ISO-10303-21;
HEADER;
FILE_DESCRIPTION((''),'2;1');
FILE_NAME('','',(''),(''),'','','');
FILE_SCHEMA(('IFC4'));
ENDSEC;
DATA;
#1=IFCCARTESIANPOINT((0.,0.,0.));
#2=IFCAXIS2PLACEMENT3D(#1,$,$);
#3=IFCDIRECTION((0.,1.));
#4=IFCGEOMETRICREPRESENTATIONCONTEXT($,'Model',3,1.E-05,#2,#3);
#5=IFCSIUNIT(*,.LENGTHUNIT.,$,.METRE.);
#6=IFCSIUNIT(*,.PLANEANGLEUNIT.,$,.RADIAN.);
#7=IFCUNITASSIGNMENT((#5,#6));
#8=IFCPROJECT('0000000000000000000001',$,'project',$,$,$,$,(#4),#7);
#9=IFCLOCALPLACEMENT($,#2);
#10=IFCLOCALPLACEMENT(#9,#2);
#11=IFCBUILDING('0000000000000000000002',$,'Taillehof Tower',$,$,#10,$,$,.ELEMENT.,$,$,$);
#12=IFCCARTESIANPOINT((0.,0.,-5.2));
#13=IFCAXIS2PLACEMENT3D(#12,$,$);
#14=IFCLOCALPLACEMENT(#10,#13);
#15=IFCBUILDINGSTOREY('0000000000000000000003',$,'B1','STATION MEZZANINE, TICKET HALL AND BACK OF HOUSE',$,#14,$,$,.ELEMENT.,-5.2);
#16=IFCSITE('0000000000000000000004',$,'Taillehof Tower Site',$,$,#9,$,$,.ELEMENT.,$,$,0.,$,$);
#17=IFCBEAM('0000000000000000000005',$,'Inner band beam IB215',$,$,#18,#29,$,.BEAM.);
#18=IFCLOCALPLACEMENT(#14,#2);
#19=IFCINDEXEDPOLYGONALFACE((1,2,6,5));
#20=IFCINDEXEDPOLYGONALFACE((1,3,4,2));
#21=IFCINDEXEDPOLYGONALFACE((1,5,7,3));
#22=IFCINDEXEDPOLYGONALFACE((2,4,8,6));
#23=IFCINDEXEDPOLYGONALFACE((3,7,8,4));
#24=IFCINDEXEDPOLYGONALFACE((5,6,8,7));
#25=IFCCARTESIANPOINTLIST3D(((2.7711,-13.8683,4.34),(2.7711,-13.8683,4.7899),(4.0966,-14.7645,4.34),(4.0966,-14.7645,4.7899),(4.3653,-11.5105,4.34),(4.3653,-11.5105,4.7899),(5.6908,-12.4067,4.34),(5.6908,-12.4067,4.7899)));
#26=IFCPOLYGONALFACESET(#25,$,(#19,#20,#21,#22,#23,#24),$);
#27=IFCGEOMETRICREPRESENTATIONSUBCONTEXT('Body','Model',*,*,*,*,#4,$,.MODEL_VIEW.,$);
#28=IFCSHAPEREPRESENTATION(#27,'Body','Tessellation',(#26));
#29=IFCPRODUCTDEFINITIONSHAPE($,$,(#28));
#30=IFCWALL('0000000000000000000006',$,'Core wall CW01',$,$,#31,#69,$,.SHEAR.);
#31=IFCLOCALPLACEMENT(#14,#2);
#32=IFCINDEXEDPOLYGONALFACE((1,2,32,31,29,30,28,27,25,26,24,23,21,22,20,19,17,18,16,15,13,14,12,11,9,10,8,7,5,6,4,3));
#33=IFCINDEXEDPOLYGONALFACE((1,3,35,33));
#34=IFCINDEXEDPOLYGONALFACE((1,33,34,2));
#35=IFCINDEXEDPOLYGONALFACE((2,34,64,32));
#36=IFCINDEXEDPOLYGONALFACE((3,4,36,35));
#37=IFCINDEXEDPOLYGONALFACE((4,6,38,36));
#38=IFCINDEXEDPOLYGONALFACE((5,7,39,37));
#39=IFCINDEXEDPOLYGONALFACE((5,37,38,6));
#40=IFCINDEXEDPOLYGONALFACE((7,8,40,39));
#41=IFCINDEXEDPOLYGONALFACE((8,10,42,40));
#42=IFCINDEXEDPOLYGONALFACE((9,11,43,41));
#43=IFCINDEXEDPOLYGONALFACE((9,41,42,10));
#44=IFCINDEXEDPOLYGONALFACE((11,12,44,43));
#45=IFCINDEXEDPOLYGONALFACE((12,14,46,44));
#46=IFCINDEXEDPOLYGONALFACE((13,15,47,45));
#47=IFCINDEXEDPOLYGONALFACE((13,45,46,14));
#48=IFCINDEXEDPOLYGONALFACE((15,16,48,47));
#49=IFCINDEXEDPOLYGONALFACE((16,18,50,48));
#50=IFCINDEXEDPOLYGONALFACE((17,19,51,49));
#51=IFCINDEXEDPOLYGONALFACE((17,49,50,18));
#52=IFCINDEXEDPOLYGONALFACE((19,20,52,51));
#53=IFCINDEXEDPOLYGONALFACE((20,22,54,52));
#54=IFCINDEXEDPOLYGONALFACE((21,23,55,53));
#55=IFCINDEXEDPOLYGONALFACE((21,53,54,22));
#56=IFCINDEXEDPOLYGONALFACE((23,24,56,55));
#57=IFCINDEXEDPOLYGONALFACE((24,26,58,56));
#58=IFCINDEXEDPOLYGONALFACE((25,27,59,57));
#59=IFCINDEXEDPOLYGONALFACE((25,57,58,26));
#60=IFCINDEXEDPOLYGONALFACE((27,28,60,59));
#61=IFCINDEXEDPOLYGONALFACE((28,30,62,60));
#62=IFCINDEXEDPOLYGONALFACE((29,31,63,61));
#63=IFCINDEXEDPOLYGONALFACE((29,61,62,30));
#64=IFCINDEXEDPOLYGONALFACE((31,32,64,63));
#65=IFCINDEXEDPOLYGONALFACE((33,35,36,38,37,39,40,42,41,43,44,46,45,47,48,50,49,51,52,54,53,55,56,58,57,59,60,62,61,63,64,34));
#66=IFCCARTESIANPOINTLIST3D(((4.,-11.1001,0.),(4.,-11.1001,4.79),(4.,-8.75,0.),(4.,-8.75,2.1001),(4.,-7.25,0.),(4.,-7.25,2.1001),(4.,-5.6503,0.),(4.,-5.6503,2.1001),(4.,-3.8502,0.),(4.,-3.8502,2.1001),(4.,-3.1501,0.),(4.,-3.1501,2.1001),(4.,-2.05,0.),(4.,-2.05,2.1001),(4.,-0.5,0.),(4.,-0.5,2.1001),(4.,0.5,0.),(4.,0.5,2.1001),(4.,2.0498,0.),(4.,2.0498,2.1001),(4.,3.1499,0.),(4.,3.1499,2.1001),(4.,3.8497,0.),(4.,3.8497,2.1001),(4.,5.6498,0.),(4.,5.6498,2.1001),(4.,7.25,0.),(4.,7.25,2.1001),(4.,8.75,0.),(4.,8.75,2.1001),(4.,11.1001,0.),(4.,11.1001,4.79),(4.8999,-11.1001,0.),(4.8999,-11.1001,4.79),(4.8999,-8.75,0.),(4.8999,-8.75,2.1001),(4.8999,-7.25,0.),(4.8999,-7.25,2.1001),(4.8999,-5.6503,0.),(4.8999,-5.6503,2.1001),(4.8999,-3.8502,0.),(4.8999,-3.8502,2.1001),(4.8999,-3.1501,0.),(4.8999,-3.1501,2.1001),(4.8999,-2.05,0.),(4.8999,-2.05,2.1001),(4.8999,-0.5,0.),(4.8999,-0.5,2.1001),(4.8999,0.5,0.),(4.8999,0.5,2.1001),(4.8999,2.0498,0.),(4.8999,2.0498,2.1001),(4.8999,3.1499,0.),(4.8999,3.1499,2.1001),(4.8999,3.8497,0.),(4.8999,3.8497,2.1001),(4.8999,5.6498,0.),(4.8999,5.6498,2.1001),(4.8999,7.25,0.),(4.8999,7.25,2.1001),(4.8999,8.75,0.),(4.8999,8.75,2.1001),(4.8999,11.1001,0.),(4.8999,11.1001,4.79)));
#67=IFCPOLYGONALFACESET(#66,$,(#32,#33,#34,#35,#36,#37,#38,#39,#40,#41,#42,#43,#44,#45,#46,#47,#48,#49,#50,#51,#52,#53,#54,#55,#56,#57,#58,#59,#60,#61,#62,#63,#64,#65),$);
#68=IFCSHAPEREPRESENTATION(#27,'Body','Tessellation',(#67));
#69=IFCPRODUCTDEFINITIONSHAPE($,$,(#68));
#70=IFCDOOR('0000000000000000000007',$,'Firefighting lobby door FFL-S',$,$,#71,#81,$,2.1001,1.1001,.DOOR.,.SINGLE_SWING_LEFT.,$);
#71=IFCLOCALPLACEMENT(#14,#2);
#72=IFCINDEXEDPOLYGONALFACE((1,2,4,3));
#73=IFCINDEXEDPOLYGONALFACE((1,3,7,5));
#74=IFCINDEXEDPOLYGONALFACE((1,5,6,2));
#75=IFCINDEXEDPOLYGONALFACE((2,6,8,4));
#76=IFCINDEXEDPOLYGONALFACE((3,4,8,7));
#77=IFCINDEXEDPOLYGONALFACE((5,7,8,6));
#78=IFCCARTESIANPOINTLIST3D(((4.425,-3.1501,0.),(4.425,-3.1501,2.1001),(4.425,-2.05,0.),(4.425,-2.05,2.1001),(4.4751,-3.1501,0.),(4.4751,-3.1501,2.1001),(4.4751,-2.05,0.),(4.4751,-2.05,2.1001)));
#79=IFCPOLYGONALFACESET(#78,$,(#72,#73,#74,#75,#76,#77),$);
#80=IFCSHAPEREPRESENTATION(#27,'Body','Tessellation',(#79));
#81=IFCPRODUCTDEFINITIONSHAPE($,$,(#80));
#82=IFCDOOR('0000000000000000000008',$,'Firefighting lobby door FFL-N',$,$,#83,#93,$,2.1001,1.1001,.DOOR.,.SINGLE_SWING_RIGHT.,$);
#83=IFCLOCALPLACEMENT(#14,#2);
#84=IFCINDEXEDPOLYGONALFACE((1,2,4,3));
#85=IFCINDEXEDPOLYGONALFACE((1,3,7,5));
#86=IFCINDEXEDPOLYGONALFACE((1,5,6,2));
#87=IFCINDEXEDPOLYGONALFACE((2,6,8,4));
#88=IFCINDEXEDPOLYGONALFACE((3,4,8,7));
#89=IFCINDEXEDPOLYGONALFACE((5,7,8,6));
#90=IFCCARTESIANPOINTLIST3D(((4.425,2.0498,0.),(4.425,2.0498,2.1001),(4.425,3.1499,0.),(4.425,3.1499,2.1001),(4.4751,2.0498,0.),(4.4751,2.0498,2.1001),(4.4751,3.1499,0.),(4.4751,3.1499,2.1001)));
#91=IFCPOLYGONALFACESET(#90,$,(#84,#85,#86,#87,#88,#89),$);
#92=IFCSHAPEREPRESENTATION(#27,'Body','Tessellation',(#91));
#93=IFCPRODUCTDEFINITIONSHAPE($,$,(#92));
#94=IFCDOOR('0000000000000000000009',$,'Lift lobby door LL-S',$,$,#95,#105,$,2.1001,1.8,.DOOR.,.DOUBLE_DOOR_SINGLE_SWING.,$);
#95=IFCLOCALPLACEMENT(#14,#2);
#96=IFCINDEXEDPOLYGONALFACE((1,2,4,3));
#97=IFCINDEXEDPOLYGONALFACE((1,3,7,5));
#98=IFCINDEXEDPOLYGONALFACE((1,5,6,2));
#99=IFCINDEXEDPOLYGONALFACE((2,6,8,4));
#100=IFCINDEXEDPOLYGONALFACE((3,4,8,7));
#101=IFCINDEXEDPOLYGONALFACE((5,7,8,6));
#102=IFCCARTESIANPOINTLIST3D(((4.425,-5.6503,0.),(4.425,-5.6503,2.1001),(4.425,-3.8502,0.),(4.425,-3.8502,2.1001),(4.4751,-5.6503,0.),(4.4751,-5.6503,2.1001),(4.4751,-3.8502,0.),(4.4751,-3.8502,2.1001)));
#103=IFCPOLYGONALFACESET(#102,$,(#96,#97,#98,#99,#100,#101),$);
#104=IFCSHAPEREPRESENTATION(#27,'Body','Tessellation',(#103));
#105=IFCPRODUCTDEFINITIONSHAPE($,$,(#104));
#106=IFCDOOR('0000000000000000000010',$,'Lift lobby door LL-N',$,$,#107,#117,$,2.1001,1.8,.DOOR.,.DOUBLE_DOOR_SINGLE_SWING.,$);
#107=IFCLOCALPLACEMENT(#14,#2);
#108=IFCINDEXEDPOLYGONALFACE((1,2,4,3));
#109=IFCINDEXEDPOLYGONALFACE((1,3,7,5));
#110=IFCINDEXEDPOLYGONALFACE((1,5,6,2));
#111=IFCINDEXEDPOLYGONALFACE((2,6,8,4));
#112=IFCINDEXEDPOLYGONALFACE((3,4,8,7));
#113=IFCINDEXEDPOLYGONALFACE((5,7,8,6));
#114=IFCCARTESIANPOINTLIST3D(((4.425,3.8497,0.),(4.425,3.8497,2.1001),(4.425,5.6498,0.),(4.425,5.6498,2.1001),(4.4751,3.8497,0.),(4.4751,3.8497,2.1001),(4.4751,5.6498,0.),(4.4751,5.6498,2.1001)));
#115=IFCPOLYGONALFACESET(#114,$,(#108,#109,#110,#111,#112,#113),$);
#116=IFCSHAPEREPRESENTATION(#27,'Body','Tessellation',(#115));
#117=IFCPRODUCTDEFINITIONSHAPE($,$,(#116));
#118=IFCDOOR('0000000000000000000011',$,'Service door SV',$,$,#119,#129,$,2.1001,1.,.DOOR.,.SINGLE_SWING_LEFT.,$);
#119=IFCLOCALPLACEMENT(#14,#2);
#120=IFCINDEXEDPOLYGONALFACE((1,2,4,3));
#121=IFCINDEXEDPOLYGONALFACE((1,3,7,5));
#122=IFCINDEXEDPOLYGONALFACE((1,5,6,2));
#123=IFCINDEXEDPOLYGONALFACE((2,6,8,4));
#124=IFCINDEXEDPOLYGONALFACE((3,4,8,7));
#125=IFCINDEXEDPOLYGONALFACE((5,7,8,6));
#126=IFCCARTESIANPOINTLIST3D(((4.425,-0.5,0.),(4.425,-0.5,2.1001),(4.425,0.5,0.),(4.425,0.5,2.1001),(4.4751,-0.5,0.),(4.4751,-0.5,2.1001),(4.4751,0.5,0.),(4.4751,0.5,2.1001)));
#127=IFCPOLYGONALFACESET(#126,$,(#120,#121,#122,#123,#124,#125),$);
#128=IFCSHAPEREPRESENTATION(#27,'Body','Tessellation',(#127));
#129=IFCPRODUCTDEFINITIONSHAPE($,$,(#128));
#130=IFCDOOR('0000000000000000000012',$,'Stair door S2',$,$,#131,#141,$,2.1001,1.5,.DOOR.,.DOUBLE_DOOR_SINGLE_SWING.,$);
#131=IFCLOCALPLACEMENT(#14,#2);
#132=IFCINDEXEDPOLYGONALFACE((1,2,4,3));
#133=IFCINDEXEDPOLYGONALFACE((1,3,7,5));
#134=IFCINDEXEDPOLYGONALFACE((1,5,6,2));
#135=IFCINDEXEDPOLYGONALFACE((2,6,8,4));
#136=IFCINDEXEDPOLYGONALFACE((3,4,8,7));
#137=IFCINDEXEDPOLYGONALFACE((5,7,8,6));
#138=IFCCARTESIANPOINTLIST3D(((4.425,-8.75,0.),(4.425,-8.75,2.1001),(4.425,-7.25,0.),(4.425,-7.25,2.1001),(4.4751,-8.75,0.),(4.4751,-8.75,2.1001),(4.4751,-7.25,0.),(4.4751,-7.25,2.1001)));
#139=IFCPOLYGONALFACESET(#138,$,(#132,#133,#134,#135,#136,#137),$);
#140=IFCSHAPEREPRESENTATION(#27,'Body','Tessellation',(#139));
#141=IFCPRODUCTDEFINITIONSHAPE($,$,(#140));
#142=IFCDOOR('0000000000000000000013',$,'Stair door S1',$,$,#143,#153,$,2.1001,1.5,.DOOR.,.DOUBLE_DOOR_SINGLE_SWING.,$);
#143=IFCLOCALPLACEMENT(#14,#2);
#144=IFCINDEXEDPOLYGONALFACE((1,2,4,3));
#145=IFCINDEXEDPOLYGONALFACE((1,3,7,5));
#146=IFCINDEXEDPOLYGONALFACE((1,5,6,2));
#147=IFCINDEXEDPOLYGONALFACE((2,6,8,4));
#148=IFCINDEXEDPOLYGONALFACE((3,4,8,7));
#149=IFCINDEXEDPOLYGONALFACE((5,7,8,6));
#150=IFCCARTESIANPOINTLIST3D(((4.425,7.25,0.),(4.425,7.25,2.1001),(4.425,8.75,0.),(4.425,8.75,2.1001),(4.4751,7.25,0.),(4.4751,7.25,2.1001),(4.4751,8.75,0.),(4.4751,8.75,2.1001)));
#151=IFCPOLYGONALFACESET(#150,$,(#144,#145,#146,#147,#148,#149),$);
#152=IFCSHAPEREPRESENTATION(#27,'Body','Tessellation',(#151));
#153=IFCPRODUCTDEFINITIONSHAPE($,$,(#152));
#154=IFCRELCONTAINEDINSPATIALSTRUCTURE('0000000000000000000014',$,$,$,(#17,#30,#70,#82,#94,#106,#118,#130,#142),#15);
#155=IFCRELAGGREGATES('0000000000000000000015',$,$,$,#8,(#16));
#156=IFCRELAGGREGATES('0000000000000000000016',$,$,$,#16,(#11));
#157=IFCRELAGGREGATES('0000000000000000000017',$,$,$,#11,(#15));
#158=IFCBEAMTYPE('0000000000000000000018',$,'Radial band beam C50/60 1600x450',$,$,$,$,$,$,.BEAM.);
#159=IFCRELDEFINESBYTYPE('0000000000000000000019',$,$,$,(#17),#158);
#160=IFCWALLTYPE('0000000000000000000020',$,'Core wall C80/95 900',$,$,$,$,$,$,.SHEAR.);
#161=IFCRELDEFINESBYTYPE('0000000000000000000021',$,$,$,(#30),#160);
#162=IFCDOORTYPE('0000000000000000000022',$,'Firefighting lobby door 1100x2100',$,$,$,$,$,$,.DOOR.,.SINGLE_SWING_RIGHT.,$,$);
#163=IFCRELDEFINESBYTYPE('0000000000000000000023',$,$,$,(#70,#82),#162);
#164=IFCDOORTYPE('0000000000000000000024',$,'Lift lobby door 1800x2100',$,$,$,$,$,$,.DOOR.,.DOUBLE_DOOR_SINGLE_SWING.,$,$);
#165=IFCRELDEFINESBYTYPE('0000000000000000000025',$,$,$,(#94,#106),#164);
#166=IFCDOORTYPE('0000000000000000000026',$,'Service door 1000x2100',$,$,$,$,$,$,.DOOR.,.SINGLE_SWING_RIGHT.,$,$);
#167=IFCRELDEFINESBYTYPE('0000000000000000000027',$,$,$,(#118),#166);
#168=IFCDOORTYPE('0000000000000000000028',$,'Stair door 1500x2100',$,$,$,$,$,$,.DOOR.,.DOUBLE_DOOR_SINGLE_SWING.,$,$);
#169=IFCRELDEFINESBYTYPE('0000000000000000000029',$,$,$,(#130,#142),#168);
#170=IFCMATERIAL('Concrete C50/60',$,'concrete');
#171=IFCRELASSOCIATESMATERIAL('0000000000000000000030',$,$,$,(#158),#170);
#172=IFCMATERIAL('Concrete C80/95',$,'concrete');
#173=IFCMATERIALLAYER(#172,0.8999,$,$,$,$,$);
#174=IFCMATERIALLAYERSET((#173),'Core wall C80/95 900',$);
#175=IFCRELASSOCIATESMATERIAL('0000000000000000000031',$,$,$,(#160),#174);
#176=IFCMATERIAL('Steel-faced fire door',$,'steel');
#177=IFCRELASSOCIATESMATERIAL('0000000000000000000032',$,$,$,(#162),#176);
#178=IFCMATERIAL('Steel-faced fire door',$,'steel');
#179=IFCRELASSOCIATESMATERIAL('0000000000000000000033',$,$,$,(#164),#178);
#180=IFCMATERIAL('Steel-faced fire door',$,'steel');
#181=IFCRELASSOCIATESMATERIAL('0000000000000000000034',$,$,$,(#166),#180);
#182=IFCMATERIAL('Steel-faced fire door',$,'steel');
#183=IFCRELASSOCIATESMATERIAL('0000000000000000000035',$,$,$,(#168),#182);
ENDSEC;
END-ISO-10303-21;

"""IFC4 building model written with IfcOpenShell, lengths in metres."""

from ifc_helpers import new_model, si_unit, direction, frame, frame_2d, origin, origin_2d, place, context, subcontext, project, spatial, rectangle, extrude, material, layer, layer_set, material_profile, profile_set, type_object, element, fill, save


model = new_model("IFC4")

# Units and contexts
model_context = context("Model", 3, precision=1e-05, world=origin(), true_north=direction((0.0, 1.0)))
body_context = subcontext(model_context, "Body", "Model", "MODEL_VIEW")
ifc_project = project(units=[si_unit("LENGTHUNIT", "METRE"), si_unit("PLANEANGLEUNIT", "RADIAN")], contexts=[model_context])

# Site, building, storey
site_placement = place(None, origin())
site = spatial("IfcSite", under=ifc_project, at=site_placement, Name="Taillehof Tower Site", CompositionType="ELEMENT", RefElevation=0.0)
building_placement = place(site_placement, origin())
building = spatial("IfcBuilding", under=site, at=building_placement, Name="Taillehof Tower", CompositionType="ELEMENT")
storey_placement = place(building_placement, frame((0.0, 0.0, -5.2)))
storey = spatial("IfcBuildingStorey", under=building, at=storey_placement, Name="B1", Description="STATION MEZZANINE, TICKET HALL AND BACK OF HOUSE", CompositionType="ELEMENT", Elevation=-5.2)

# Beam
ifc_material_1 = material(Name="Concrete C50/60", Category="concrete")
ifc_material_profile = material_profile(ifc_material_1, rectangle(XDim=1.6001, YDim=0.45, at=origin_2d()), Name="RC 1600x450")
ifc_profile_set = profile_set([ifc_material_profile], Name="Concrete C50/60")
beam_type = type_object("IfcBeamType", Name="Radial band beam C50/60 1600x450", PredefinedType="BEAM", material=ifc_profile_set)
beam_placement = place(storey_placement, frame((3.4338, -14.3164, 4.5649), z_axis=(0.560112, 0.828417, 0.0), x_axis=(-0.828417, 0.560112, 0.0)))
element("IfcBeam", 1, at=beam_placement, inside=storey, type_object=beam_type, Name="Inner band beam IB215", PredefinedType="BEAM", context=body_context, shape_type="SweptSolid", body=[
    extrude(rectangle(XDim=1.6001, YDim=0.45, at=origin_2d()), origin(), (0.0, 0.0, 1.0), 2.8462),
])

# Wall, openings, doors
ifc_material_2 = material(Name="Concrete C80/95", Category="concrete")
ifc_layer_1 = layer(ifc_material_2, 0.8999)
ifc_layer_set_1 = layer_set([ifc_layer_1], Name="Core wall C80/95 900")
wall_type_1 = type_object("IfcWallType", Name="Core wall C80/95 900", PredefinedType="SHEAR", material=ifc_layer_set_1)
wall_1_placement = place(storey_placement, frame((4.45, -11.1001, 0.0), z_axis=(0.0, 0.0, 1.0), x_axis=(0.0, 1.0, 0.0)))
wall_1 = element("IfcWall", 2, at=wall_1_placement, inside=storey, type_object=wall_type_1, Name="Core wall CW01", PredefinedType="SHEAR", context=body_context, shape_type="SweptSolid", body=[
    extrude(rectangle(XDim=22.2002, YDim=0.8999, at=frame_2d((11.1001, 0.0))), origin(), (0.0, 0.0, 1.0), 4.79),
])
opening_1_placement = place(wall_1_placement, frame((2.3501, 0.0, 0.0)))
opening_1 = element("IfcOpeningElement", 3, at=opening_1_placement, cuts=wall_1, PredefinedType="OPENING", context=body_context, shape_type="SweptSolid", body=[
    extrude(rectangle(XDim=1.5, YDim=2.1001, at=frame_2d((0.75, 1.05))), frame((0.0, 0.46, 0.0), z_axis=(0.0, -1.0, 0.0), x_axis=(1.0, 0.0, 0.0)), (0.0, 0.0, 1.0), 0.9199),
])
opening_2_placement = place(wall_1_placement, frame((5.45, 0.0, 0.0)))
opening_2 = element("IfcOpeningElement", 4, at=opening_2_placement, cuts=wall_1, PredefinedType="OPENING", context=body_context, shape_type="SweptSolid", body=[
    extrude(rectangle(XDim=1.8, YDim=2.1001, at=frame_2d((0.8999, 1.05))), frame((0.0, 0.46, 0.0), z_axis=(0.0, -1.0, 0.0), x_axis=(1.0, 0.0, 0.0)), (0.0, 0.0, 1.0), 0.9199),
])
opening_3_placement = place(wall_1_placement, frame((7.95, 0.0, 0.0)))
opening_3 = element("IfcOpeningElement", 5, at=opening_3_placement, cuts=wall_1, PredefinedType="OPENING", context=body_context, shape_type="SweptSolid", body=[
    extrude(rectangle(XDim=1.1001, YDim=2.1001, at=frame_2d((0.55, 1.05))), frame((0.0, 0.46, 0.0), z_axis=(0.0, -1.0, 0.0), x_axis=(1.0, 0.0, 0.0)), (0.0, 0.0, 1.0), 0.9199),
])
opening_4_placement = place(wall_1_placement, frame((10.6001, 0.0, 0.0)))
opening_4 = element("IfcOpeningElement", 6, at=opening_4_placement, cuts=wall_1, PredefinedType="OPENING", context=body_context, shape_type="SweptSolid", body=[
    extrude(rectangle(XDim=1.0, YDim=2.1001, at=frame_2d((0.5, 1.05))), frame((0.0, 0.46, 0.0), z_axis=(0.0, -1.0, 0.0), x_axis=(1.0, 0.0, 0.0)), (0.0, 0.0, 1.0), 0.9199),
])
opening_5_placement = place(wall_1_placement, frame((13.1499, 0.0, 0.0)))
opening_5 = element("IfcOpeningElement", 7, at=opening_5_placement, cuts=wall_1, PredefinedType="OPENING", context=body_context, shape_type="SweptSolid", body=[
    extrude(rectangle(XDim=1.1001, YDim=2.1001, at=frame_2d((0.55, 1.05))), frame((0.0, 0.46, 0.0), z_axis=(0.0, -1.0, 0.0), x_axis=(1.0, 0.0, 0.0)), (0.0, 0.0, 1.0), 0.9199),
])
opening_6_placement = place(wall_1_placement, frame((14.95, 0.0, 0.0)))
opening_6 = element("IfcOpeningElement", 8, at=opening_6_placement, cuts=wall_1, PredefinedType="OPENING", context=body_context, shape_type="SweptSolid", body=[
    extrude(rectangle(XDim=1.8, YDim=2.1001, at=frame_2d((0.8999, 1.05))), frame((0.0, 0.46, 0.0), z_axis=(0.0, -1.0, 0.0), x_axis=(1.0, 0.0, 0.0)), (0.0, 0.0, 1.0), 0.9199),
])
opening_7_placement = place(wall_1_placement, frame((18.3501, 0.0, 0.0)))
opening_7 = element("IfcOpeningElement", 9, at=opening_7_placement, cuts=wall_1, PredefinedType="OPENING", context=body_context, shape_type="SweptSolid", body=[
    extrude(rectangle(XDim=1.5, YDim=2.1001, at=frame_2d((0.75, 1.05))), frame((0.0, 0.46, 0.0), z_axis=(0.0, -1.0, 0.0), x_axis=(1.0, 0.0, 0.0)), (0.0, 0.0, 1.0), 0.9199),
])
ifc_material_3 = material(Name="Steel-faced fire door", Category="steel")
door_type_1 = type_object("IfcDoorType", Name="Firefighting lobby door 1100x2100", OperationType="SINGLE_SWING_RIGHT", PredefinedType="DOOR", material=ifc_material_3)
door_1_placement = place(opening_3_placement, origin())
door_1 = element("IfcDoor", 10, at=door_1_placement, inside=storey, type_object=door_type_1, Name="Firefighting lobby door FFL-S", OperationType="SINGLE_SWING_LEFT", OverallHeight=2.1001, OverallWidth=1.1001, PredefinedType="DOOR", context=body_context, shape_type="SweptSolid", body=[
    extrude(rectangle(XDim=1.1001, YDim=2.1001, at=frame_2d((0.55, 1.05))), frame((0.0, 0.0249, 0.0), z_axis=(0.0, -1.0, 0.0), x_axis=(1.0, 0.0, 0.0)), (0.0, 0.0, 1.0), 0.05),
])
fill(opening_3, door_1)
door_2_placement = place(opening_5_placement, origin())
door_2 = element("IfcDoor", 11, at=door_2_placement, inside=storey, type_object=door_type_1, Name="Firefighting lobby door FFL-N", OperationType="SINGLE_SWING_RIGHT", OverallHeight=2.1001, OverallWidth=1.1001, PredefinedType="DOOR", context=body_context, shape_type="SweptSolid", body=[
    extrude(rectangle(XDim=1.1001, YDim=2.1001, at=frame_2d((0.55, 1.05))), frame((0.0, 0.0249, 0.0), z_axis=(0.0, -1.0, 0.0), x_axis=(1.0, 0.0, 0.0)), (0.0, 0.0, 1.0), 0.05),
])
fill(opening_5, door_2)
ifc_material_4 = material(Name="Steel-faced fire door", Category="steel")
door_type_2 = type_object("IfcDoorType", Name="Lift lobby door 1800x2100", OperationType="DOUBLE_DOOR_SINGLE_SWING", PredefinedType="DOOR", material=ifc_material_4)
door_3_placement = place(opening_2_placement, origin())
door_3 = element("IfcDoor", 12, at=door_3_placement, inside=storey, type_object=door_type_2, Name="Lift lobby door LL-S", OperationType="DOUBLE_DOOR_SINGLE_SWING", OverallHeight=2.1001, OverallWidth=1.8, PredefinedType="DOOR", context=body_context, shape_type="SweptSolid", body=[
    extrude(rectangle(XDim=1.8, YDim=2.1001, at=frame_2d((0.8999, 1.05))), frame((0.0, 0.0249, 0.0), z_axis=(0.0, -1.0, 0.0), x_axis=(1.0, 0.0, 0.0)), (0.0, 0.0, 1.0), 0.05),
])
fill(opening_2, door_3)
door_4_placement = place(opening_6_placement, origin())
door_4 = element("IfcDoor", 13, at=door_4_placement, inside=storey, type_object=door_type_2, Name="Lift lobby door LL-N", OperationType="DOUBLE_DOOR_SINGLE_SWING", OverallHeight=2.1001, OverallWidth=1.8, PredefinedType="DOOR", context=body_context, shape_type="SweptSolid", body=[
    extrude(rectangle(XDim=1.8, YDim=2.1001, at=frame_2d((0.8999, 1.05))), frame((0.0, 0.0249, 0.0), z_axis=(0.0, -1.0, 0.0), x_axis=(1.0, 0.0, 0.0)), (0.0, 0.0, 1.0), 0.05),
])
fill(opening_6, door_4)
ifc_material_5 = material(Name="Steel-faced fire door", Category="steel")
door_type_3 = type_object("IfcDoorType", Name="Service door 1000x2100", OperationType="SINGLE_SWING_RIGHT", PredefinedType="DOOR", material=ifc_material_5)
door_5_placement = place(opening_4_placement, origin())
door_5 = element("IfcDoor", 14, at=door_5_placement, inside=storey, type_object=door_type_3, Name="Service door SV", OperationType="SINGLE_SWING_LEFT", OverallHeight=2.1001, OverallWidth=1.0, PredefinedType="DOOR", context=body_context, shape_type="SweptSolid", body=[
    extrude(rectangle(XDim=1.0, YDim=2.1001, at=frame_2d((0.5, 1.05))), frame((0.0, 0.0249, 0.0), z_axis=(0.0, -1.0, 0.0), x_axis=(1.0, 0.0, 0.0)), (0.0, 0.0, 1.0), 0.05),
])
fill(opening_4, door_5)
ifc_material_6 = material(Name="Steel-faced fire door", Category="steel")
door_type_4 = type_object("IfcDoorType", Name="Stair door 1500x2100", OperationType="DOUBLE_DOOR_SINGLE_SWING", PredefinedType="DOOR", material=ifc_material_6)
door_6_placement = place(opening_1_placement, origin())
door_6 = element("IfcDoor", 15, at=door_6_placement, inside=storey, type_object=door_type_4, Name="Stair door S2", OperationType="DOUBLE_DOOR_SINGLE_SWING", OverallHeight=2.1001, OverallWidth=1.5, PredefinedType="DOOR", context=body_context, shape_type="SweptSolid", body=[
    extrude(rectangle(XDim=1.5, YDim=2.1001, at=frame_2d((0.75, 1.05))), frame((0.0, 0.0249, 0.0), z_axis=(0.0, -1.0, 0.0), x_axis=(1.0, 0.0, 0.0)), (0.0, 0.0, 1.0), 0.05),
])
fill(opening_1, door_6)
door_7_placement = place(opening_7_placement, origin())
door_7 = element("IfcDoor", 16, at=door_7_placement, inside=storey, type_object=door_type_4, Name="Stair door S1", OperationType="DOUBLE_DOOR_SINGLE_SWING", OverallHeight=2.1001, OverallWidth=1.5, PredefinedType="DOOR", context=body_context, shape_type="SweptSolid", body=[
    extrude(rectangle(XDim=1.5, YDim=2.1001, at=frame_2d((0.75, 1.05))), frame((0.0, 0.0249, 0.0), z_axis=(0.0, -1.0, 0.0), x_axis=(1.0, 0.0, 0.0)), (0.0, 0.0, 1.0), 0.05),
])
fill(opening_7, door_7)

save(model, "model.ifc")
